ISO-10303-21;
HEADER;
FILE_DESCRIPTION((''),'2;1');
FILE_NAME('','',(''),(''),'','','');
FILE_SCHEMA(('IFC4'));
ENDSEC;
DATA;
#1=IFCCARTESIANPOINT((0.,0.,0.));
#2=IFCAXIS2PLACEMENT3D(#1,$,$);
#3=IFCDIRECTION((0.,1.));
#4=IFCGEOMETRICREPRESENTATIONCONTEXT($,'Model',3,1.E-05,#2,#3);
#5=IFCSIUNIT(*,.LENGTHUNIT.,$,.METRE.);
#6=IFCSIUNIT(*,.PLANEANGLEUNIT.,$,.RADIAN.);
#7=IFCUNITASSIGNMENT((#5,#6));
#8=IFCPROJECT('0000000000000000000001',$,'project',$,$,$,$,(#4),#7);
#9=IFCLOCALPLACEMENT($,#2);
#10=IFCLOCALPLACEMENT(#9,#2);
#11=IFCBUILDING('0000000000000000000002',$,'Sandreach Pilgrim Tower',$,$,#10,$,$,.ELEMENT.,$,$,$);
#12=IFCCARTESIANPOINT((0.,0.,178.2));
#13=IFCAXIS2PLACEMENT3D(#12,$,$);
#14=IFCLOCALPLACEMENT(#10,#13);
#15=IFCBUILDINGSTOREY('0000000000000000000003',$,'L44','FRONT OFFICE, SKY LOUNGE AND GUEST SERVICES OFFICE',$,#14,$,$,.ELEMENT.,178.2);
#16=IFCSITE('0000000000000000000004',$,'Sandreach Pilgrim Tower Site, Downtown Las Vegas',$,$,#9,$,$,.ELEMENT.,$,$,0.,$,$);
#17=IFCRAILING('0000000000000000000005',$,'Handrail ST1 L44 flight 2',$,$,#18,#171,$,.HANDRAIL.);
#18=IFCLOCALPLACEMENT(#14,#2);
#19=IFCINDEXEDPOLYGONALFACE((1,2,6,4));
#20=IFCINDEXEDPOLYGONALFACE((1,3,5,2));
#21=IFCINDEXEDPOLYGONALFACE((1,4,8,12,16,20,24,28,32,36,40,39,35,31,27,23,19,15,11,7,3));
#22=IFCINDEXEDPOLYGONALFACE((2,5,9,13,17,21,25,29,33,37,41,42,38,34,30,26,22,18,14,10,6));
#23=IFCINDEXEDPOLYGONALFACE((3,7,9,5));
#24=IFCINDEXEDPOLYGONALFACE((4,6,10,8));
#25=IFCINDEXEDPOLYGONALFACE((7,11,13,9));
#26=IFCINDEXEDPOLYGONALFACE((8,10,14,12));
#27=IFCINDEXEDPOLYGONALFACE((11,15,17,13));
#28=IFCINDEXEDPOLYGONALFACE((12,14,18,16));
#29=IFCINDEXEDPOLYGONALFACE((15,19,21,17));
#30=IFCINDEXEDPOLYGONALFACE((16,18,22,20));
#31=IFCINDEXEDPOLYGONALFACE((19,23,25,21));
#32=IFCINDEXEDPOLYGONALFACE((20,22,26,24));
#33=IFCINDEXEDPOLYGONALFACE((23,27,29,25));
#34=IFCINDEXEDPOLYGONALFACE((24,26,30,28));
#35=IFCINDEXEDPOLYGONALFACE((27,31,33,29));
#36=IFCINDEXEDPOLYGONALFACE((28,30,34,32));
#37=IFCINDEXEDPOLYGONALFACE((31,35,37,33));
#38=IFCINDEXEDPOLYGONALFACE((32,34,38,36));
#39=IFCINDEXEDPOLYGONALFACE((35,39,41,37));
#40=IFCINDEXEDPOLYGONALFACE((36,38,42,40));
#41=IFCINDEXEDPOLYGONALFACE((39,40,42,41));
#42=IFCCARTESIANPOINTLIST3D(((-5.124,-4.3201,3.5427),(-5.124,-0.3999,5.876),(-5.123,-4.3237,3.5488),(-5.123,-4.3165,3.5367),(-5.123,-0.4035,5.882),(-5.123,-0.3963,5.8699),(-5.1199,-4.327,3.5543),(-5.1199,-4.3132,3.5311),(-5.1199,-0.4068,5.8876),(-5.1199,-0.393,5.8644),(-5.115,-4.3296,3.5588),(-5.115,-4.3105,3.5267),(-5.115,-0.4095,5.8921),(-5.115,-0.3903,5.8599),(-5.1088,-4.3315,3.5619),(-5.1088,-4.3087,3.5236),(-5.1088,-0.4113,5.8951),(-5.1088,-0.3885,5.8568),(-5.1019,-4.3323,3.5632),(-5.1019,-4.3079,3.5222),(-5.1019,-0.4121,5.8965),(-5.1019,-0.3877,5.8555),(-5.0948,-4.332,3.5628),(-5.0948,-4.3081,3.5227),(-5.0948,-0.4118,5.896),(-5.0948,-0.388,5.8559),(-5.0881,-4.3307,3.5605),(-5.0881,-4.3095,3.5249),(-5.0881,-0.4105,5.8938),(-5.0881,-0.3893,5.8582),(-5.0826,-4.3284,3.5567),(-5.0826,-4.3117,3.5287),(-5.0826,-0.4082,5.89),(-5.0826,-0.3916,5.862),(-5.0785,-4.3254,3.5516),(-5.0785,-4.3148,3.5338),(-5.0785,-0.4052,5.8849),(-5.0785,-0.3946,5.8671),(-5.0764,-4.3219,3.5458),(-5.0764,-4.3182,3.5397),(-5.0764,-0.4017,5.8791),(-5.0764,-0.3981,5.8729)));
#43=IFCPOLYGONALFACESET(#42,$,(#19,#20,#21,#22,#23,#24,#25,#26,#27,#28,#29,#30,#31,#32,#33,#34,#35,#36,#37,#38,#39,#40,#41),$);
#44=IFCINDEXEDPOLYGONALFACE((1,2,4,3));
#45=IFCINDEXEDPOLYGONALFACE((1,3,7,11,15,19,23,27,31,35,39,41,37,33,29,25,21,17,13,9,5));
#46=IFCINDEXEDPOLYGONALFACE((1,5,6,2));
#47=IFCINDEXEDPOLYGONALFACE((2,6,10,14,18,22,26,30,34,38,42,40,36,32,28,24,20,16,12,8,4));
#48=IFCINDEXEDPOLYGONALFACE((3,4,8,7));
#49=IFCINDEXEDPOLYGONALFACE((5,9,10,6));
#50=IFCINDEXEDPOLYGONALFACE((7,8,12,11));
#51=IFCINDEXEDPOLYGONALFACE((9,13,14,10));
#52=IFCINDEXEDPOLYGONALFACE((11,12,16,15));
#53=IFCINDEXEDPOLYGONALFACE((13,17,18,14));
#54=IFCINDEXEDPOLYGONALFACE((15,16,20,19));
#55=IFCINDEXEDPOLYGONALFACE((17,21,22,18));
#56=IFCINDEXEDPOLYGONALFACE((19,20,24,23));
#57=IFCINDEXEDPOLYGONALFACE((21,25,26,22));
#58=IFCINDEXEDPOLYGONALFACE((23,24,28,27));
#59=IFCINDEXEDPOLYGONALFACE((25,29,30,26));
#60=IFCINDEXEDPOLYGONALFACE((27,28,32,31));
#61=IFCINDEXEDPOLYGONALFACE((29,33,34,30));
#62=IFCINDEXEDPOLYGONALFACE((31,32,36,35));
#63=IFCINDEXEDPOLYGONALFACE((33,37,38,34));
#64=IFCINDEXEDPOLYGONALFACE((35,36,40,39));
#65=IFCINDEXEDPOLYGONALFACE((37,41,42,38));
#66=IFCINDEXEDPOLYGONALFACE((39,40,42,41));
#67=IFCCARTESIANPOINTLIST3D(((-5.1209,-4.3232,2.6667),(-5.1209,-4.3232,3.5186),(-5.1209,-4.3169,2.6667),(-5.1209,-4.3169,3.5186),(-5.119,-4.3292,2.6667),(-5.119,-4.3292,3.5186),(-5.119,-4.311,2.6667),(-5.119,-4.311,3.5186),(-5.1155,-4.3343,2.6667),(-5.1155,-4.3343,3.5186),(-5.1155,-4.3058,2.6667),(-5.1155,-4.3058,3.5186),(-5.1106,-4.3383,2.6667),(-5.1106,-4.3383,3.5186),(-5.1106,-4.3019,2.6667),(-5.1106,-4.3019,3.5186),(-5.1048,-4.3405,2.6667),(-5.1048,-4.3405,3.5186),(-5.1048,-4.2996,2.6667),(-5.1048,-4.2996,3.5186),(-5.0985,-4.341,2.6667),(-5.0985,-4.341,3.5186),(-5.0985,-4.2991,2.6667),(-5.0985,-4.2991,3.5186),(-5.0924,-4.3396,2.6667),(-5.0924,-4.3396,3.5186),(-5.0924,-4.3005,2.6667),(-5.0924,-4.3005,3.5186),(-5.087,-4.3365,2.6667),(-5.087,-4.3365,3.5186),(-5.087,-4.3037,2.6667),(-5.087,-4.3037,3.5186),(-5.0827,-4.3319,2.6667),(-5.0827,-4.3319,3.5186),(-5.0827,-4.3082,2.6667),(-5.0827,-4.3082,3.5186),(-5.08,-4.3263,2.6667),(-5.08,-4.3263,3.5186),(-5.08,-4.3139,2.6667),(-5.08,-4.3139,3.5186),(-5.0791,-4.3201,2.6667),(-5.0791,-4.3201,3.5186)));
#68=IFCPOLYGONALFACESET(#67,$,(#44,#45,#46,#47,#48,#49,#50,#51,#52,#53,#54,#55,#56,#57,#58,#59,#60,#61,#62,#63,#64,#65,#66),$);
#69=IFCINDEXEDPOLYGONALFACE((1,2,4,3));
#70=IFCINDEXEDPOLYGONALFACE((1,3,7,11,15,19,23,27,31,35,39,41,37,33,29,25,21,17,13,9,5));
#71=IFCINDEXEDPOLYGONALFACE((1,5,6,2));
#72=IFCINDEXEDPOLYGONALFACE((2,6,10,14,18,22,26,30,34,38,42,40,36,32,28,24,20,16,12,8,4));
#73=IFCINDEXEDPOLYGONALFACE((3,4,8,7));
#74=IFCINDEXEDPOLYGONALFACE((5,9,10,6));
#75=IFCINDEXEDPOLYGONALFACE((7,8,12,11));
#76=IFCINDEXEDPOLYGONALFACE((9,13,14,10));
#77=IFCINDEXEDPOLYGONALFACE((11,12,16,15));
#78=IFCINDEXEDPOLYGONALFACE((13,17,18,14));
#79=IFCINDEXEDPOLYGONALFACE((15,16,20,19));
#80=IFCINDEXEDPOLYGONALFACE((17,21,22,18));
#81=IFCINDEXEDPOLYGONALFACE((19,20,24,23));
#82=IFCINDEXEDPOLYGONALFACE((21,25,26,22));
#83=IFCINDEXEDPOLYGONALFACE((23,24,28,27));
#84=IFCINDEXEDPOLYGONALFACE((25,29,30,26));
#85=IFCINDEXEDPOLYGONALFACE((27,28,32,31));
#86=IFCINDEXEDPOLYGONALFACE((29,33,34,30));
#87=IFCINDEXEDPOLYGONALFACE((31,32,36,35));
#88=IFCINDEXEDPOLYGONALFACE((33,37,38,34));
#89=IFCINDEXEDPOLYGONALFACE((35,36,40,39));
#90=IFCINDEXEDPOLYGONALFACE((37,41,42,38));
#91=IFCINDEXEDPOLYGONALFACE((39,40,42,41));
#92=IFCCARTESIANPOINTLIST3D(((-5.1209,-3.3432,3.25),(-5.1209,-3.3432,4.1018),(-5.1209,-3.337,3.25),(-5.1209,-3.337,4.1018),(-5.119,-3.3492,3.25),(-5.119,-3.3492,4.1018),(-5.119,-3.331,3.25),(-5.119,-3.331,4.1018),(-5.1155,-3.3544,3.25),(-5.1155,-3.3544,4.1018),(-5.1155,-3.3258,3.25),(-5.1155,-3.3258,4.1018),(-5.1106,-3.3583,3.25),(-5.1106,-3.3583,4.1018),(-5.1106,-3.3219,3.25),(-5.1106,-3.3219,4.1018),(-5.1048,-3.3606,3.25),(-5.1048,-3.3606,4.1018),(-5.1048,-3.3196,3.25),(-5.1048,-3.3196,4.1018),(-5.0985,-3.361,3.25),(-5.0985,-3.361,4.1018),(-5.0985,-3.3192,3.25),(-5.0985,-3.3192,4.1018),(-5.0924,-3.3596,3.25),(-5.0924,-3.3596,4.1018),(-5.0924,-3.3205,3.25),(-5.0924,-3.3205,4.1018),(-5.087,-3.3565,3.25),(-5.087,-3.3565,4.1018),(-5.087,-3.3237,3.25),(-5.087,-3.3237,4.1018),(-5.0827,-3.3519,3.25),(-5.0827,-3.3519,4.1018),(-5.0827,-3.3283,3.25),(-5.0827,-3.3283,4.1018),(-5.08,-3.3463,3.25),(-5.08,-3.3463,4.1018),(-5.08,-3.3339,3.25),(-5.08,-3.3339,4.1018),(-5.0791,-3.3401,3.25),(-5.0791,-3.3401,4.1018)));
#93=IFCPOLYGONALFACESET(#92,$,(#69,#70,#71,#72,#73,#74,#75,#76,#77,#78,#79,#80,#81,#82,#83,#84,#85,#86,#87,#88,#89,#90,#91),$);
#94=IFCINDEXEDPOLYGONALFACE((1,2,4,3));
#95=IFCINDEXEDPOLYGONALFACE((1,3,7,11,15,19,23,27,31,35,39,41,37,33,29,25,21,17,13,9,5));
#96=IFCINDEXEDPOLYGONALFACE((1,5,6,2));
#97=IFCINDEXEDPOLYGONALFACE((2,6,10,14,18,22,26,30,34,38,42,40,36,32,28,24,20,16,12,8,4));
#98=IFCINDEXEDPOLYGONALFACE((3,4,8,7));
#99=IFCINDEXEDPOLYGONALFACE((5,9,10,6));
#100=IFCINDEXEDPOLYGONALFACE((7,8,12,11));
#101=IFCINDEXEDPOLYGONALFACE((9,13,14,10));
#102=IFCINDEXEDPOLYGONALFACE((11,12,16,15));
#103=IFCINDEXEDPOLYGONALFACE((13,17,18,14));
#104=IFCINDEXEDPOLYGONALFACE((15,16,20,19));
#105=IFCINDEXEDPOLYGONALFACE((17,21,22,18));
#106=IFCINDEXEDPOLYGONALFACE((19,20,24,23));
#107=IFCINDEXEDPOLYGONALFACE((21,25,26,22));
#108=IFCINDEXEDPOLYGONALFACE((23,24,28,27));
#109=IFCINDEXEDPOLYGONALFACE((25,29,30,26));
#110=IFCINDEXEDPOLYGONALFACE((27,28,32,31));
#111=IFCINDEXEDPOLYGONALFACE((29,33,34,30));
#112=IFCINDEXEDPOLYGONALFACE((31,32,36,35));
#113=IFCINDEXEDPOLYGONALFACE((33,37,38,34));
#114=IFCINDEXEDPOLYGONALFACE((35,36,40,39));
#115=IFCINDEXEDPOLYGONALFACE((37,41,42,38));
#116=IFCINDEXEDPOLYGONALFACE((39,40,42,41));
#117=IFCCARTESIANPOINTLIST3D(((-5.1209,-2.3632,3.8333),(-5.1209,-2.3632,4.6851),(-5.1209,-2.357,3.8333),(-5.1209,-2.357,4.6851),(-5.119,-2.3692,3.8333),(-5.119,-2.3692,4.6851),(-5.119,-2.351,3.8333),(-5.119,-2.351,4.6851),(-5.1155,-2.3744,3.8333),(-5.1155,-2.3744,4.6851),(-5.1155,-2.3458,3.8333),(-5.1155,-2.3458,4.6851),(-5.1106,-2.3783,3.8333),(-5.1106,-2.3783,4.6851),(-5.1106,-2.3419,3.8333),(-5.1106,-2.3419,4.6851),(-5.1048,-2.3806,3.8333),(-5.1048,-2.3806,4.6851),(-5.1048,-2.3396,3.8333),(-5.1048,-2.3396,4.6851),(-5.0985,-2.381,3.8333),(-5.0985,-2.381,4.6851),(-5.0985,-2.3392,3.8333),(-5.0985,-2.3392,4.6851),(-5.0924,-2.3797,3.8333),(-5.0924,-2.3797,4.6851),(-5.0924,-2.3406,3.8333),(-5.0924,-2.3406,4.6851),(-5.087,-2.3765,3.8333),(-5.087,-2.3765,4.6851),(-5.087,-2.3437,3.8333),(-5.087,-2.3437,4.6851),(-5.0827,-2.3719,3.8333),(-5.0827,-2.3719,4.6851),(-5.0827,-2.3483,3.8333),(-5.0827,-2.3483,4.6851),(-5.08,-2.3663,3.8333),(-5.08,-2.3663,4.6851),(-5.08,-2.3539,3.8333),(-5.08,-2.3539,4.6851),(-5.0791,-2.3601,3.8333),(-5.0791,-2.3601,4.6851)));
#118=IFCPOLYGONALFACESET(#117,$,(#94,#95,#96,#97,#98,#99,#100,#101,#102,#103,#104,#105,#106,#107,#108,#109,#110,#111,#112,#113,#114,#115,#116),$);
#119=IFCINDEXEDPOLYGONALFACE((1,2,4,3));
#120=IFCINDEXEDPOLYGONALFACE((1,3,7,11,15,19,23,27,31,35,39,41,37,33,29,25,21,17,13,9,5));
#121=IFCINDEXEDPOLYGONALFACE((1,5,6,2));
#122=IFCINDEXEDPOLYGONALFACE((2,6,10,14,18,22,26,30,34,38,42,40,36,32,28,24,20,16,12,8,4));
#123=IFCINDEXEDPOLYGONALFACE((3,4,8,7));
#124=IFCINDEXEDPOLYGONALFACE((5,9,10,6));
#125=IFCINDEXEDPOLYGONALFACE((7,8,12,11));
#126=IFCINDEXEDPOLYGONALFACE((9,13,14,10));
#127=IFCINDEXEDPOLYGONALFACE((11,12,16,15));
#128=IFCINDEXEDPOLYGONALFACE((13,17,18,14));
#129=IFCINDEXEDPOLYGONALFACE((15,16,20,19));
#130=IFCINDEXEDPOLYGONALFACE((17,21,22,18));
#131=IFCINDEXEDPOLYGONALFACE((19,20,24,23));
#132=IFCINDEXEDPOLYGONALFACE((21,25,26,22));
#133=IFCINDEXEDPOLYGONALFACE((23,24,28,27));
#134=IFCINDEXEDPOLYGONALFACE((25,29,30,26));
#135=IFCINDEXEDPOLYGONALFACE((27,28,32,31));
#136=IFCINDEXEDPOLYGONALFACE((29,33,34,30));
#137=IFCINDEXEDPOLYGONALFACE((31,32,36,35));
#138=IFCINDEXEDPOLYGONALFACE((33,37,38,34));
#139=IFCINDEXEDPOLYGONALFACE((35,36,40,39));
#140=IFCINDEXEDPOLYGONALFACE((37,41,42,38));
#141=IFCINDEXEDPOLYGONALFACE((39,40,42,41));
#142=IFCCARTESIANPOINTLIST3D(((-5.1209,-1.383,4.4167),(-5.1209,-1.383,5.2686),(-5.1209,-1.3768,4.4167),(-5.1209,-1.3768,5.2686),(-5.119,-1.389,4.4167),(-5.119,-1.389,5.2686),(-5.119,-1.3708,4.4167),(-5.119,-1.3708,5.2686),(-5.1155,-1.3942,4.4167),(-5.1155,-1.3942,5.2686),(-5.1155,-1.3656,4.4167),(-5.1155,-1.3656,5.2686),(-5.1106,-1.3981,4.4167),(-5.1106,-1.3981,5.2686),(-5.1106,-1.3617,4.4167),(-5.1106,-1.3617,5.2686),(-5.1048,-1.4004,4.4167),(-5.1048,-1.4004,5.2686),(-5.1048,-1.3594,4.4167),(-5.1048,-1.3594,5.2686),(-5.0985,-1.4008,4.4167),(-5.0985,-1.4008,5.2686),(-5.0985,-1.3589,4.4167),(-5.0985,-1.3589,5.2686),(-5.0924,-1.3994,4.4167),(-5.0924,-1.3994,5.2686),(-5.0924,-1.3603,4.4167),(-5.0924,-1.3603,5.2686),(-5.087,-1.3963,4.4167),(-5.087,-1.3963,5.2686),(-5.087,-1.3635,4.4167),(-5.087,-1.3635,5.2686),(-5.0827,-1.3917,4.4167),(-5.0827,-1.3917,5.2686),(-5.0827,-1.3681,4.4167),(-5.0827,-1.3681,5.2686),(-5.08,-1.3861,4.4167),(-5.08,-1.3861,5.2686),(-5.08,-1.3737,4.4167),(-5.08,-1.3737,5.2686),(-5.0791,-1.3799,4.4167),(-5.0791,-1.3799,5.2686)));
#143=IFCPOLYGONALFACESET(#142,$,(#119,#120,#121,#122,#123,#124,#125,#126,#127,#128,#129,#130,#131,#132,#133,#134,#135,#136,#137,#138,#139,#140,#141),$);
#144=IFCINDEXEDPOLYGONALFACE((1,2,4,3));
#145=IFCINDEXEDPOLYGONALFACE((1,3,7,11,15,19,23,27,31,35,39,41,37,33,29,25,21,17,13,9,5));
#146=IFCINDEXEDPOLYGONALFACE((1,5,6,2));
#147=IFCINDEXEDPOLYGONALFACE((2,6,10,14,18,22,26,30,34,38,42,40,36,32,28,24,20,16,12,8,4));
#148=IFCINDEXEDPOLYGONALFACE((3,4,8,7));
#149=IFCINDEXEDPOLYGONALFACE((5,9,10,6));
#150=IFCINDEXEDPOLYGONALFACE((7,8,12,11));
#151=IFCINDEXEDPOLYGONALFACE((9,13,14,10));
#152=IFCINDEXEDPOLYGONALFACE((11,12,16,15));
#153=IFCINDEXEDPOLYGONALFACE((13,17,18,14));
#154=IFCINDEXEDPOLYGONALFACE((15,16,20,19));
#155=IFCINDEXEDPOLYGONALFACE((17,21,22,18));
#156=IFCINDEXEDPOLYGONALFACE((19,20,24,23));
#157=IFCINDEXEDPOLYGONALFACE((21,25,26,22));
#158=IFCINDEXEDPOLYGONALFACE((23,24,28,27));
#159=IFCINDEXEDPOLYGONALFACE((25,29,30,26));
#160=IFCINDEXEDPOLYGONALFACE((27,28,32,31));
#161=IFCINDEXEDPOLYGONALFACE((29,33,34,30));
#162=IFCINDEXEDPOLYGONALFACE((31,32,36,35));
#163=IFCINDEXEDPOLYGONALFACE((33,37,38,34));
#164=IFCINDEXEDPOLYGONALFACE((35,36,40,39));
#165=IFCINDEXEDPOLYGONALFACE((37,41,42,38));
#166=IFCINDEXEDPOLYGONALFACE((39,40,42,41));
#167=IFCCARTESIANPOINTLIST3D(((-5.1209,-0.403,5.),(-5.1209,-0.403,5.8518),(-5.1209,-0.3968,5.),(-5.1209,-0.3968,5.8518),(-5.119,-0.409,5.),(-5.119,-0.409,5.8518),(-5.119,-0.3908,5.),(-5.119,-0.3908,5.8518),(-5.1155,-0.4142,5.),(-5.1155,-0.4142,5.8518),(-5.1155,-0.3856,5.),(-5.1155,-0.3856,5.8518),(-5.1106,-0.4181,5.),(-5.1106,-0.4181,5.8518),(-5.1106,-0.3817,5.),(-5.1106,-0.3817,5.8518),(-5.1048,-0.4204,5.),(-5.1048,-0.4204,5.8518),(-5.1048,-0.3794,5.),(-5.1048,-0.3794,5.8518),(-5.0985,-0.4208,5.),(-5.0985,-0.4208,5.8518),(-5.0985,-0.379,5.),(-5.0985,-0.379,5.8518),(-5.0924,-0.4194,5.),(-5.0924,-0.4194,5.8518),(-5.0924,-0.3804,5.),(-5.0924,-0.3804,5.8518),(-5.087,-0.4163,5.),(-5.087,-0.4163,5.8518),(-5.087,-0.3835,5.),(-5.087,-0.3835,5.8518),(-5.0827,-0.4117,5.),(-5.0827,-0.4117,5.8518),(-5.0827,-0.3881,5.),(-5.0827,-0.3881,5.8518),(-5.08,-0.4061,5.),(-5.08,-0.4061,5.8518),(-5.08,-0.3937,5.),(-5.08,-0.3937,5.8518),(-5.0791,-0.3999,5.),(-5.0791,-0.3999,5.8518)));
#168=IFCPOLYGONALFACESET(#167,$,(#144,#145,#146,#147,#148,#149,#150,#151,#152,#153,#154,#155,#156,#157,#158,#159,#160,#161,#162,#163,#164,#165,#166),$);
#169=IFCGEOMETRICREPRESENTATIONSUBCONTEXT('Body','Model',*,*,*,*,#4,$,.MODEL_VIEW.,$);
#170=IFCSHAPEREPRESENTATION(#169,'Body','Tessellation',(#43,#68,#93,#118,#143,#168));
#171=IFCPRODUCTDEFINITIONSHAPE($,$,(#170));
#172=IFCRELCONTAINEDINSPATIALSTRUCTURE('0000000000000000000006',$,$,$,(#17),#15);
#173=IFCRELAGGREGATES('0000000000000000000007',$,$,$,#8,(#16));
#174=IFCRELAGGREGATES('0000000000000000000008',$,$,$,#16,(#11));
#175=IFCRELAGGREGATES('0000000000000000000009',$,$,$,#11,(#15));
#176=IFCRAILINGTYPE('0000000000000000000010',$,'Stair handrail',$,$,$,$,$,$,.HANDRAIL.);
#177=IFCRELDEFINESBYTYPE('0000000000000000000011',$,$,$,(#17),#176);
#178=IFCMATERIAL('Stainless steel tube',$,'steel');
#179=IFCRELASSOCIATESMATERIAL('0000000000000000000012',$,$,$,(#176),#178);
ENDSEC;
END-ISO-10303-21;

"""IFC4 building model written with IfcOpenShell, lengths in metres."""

from ifc_helpers import new_model, si_unit, direction, frame, origin, origin_2d, place, context, subcontext, project, spatial, circle, extrude, material, type_object, element, save


model = new_model("IFC4")

# Units and contexts
model_context = context("Model", 3, precision=1e-05, world=origin(), true_north=direction((0.0, 1.0)))
body_context = subcontext(model_context, "Body", "Model", "MODEL_VIEW")
ifc_project = project(units=[si_unit("LENGTHUNIT", "METRE"), si_unit("PLANEANGLEUNIT", "RADIAN")], contexts=[model_context])

# Site, building, storey
site_placement = place(None, origin())
site = spatial("IfcSite", under=ifc_project, at=site_placement, Name="Sandreach Pilgrim Tower Site, Downtown Las Vegas", CompositionType="ELEMENT", RefElevation=0.0)
building_placement = place(site_placement, origin())
building = spatial("IfcBuilding", under=site, at=building_placement, Name="Sandreach Pilgrim Tower", CompositionType="ELEMENT")
storey_placement = place(building_placement, frame((0.0, 0.0, 178.2)))
storey = spatial("IfcBuildingStorey", under=building, at=storey_placement, Name="L44", Description="FRONT OFFICE, SKY LOUNGE AND GUEST SERVICES OFFICE", CompositionType="ELEMENT", Elevation=178.2)

# Railing
ifc_material_1 = material(Name="Stainless steel tube", Category="steel")
railing_type = type_object("IfcRailingType", Name="Stair handrail", PredefinedType="HANDRAIL", material=ifc_material_1)
for number, where, name in (
    (1, (-5.1001, -4.3201, 2.6667), "Handrail ST1 L44 flight 2"),
):
    element("IfcRailing", number, at=place(storey_placement, frame(where)), inside=storey, type_object=railing_type, Name=name, PredefinedType="HANDRAIL", context=body_context, shape_type="SweptSolid", body=[
        extrude(circle(Radius=0.0239, at=origin_2d()), frame((0.0, 0.0, 0.876), z_axis=(0.0, 0.85931, 0.511455), x_axis=(-1.0, 0.0, 0.0)), (0.0, 0.0, 1.0), 4.562),
        extrude(circle(Radius=0.021, at=origin_2d()), origin(), (0.0, 0.0, 1.0), 0.8518),
        extrude(circle(Radius=0.021, at=origin_2d()), frame((0.0, 0.98, 0.5833)), (0.0, 0.0, 1.0), 0.8518),
        extrude(circle(Radius=0.021, at=origin_2d()), frame((0.0, 1.96, 1.1665)), (0.0, 0.0, 1.0), 0.8518),
        extrude(circle(Radius=0.021, at=origin_2d()), frame((0.0, 2.9402, 1.75)), (0.0, 0.0, 1.0), 0.8518),
        extrude(circle(Radius=0.021, at=origin_2d()), frame((0.0, 3.9202, 2.3333)), (0.0, 0.0, 1.0), 0.8518),
    ])

save(model, "model.ifc")
